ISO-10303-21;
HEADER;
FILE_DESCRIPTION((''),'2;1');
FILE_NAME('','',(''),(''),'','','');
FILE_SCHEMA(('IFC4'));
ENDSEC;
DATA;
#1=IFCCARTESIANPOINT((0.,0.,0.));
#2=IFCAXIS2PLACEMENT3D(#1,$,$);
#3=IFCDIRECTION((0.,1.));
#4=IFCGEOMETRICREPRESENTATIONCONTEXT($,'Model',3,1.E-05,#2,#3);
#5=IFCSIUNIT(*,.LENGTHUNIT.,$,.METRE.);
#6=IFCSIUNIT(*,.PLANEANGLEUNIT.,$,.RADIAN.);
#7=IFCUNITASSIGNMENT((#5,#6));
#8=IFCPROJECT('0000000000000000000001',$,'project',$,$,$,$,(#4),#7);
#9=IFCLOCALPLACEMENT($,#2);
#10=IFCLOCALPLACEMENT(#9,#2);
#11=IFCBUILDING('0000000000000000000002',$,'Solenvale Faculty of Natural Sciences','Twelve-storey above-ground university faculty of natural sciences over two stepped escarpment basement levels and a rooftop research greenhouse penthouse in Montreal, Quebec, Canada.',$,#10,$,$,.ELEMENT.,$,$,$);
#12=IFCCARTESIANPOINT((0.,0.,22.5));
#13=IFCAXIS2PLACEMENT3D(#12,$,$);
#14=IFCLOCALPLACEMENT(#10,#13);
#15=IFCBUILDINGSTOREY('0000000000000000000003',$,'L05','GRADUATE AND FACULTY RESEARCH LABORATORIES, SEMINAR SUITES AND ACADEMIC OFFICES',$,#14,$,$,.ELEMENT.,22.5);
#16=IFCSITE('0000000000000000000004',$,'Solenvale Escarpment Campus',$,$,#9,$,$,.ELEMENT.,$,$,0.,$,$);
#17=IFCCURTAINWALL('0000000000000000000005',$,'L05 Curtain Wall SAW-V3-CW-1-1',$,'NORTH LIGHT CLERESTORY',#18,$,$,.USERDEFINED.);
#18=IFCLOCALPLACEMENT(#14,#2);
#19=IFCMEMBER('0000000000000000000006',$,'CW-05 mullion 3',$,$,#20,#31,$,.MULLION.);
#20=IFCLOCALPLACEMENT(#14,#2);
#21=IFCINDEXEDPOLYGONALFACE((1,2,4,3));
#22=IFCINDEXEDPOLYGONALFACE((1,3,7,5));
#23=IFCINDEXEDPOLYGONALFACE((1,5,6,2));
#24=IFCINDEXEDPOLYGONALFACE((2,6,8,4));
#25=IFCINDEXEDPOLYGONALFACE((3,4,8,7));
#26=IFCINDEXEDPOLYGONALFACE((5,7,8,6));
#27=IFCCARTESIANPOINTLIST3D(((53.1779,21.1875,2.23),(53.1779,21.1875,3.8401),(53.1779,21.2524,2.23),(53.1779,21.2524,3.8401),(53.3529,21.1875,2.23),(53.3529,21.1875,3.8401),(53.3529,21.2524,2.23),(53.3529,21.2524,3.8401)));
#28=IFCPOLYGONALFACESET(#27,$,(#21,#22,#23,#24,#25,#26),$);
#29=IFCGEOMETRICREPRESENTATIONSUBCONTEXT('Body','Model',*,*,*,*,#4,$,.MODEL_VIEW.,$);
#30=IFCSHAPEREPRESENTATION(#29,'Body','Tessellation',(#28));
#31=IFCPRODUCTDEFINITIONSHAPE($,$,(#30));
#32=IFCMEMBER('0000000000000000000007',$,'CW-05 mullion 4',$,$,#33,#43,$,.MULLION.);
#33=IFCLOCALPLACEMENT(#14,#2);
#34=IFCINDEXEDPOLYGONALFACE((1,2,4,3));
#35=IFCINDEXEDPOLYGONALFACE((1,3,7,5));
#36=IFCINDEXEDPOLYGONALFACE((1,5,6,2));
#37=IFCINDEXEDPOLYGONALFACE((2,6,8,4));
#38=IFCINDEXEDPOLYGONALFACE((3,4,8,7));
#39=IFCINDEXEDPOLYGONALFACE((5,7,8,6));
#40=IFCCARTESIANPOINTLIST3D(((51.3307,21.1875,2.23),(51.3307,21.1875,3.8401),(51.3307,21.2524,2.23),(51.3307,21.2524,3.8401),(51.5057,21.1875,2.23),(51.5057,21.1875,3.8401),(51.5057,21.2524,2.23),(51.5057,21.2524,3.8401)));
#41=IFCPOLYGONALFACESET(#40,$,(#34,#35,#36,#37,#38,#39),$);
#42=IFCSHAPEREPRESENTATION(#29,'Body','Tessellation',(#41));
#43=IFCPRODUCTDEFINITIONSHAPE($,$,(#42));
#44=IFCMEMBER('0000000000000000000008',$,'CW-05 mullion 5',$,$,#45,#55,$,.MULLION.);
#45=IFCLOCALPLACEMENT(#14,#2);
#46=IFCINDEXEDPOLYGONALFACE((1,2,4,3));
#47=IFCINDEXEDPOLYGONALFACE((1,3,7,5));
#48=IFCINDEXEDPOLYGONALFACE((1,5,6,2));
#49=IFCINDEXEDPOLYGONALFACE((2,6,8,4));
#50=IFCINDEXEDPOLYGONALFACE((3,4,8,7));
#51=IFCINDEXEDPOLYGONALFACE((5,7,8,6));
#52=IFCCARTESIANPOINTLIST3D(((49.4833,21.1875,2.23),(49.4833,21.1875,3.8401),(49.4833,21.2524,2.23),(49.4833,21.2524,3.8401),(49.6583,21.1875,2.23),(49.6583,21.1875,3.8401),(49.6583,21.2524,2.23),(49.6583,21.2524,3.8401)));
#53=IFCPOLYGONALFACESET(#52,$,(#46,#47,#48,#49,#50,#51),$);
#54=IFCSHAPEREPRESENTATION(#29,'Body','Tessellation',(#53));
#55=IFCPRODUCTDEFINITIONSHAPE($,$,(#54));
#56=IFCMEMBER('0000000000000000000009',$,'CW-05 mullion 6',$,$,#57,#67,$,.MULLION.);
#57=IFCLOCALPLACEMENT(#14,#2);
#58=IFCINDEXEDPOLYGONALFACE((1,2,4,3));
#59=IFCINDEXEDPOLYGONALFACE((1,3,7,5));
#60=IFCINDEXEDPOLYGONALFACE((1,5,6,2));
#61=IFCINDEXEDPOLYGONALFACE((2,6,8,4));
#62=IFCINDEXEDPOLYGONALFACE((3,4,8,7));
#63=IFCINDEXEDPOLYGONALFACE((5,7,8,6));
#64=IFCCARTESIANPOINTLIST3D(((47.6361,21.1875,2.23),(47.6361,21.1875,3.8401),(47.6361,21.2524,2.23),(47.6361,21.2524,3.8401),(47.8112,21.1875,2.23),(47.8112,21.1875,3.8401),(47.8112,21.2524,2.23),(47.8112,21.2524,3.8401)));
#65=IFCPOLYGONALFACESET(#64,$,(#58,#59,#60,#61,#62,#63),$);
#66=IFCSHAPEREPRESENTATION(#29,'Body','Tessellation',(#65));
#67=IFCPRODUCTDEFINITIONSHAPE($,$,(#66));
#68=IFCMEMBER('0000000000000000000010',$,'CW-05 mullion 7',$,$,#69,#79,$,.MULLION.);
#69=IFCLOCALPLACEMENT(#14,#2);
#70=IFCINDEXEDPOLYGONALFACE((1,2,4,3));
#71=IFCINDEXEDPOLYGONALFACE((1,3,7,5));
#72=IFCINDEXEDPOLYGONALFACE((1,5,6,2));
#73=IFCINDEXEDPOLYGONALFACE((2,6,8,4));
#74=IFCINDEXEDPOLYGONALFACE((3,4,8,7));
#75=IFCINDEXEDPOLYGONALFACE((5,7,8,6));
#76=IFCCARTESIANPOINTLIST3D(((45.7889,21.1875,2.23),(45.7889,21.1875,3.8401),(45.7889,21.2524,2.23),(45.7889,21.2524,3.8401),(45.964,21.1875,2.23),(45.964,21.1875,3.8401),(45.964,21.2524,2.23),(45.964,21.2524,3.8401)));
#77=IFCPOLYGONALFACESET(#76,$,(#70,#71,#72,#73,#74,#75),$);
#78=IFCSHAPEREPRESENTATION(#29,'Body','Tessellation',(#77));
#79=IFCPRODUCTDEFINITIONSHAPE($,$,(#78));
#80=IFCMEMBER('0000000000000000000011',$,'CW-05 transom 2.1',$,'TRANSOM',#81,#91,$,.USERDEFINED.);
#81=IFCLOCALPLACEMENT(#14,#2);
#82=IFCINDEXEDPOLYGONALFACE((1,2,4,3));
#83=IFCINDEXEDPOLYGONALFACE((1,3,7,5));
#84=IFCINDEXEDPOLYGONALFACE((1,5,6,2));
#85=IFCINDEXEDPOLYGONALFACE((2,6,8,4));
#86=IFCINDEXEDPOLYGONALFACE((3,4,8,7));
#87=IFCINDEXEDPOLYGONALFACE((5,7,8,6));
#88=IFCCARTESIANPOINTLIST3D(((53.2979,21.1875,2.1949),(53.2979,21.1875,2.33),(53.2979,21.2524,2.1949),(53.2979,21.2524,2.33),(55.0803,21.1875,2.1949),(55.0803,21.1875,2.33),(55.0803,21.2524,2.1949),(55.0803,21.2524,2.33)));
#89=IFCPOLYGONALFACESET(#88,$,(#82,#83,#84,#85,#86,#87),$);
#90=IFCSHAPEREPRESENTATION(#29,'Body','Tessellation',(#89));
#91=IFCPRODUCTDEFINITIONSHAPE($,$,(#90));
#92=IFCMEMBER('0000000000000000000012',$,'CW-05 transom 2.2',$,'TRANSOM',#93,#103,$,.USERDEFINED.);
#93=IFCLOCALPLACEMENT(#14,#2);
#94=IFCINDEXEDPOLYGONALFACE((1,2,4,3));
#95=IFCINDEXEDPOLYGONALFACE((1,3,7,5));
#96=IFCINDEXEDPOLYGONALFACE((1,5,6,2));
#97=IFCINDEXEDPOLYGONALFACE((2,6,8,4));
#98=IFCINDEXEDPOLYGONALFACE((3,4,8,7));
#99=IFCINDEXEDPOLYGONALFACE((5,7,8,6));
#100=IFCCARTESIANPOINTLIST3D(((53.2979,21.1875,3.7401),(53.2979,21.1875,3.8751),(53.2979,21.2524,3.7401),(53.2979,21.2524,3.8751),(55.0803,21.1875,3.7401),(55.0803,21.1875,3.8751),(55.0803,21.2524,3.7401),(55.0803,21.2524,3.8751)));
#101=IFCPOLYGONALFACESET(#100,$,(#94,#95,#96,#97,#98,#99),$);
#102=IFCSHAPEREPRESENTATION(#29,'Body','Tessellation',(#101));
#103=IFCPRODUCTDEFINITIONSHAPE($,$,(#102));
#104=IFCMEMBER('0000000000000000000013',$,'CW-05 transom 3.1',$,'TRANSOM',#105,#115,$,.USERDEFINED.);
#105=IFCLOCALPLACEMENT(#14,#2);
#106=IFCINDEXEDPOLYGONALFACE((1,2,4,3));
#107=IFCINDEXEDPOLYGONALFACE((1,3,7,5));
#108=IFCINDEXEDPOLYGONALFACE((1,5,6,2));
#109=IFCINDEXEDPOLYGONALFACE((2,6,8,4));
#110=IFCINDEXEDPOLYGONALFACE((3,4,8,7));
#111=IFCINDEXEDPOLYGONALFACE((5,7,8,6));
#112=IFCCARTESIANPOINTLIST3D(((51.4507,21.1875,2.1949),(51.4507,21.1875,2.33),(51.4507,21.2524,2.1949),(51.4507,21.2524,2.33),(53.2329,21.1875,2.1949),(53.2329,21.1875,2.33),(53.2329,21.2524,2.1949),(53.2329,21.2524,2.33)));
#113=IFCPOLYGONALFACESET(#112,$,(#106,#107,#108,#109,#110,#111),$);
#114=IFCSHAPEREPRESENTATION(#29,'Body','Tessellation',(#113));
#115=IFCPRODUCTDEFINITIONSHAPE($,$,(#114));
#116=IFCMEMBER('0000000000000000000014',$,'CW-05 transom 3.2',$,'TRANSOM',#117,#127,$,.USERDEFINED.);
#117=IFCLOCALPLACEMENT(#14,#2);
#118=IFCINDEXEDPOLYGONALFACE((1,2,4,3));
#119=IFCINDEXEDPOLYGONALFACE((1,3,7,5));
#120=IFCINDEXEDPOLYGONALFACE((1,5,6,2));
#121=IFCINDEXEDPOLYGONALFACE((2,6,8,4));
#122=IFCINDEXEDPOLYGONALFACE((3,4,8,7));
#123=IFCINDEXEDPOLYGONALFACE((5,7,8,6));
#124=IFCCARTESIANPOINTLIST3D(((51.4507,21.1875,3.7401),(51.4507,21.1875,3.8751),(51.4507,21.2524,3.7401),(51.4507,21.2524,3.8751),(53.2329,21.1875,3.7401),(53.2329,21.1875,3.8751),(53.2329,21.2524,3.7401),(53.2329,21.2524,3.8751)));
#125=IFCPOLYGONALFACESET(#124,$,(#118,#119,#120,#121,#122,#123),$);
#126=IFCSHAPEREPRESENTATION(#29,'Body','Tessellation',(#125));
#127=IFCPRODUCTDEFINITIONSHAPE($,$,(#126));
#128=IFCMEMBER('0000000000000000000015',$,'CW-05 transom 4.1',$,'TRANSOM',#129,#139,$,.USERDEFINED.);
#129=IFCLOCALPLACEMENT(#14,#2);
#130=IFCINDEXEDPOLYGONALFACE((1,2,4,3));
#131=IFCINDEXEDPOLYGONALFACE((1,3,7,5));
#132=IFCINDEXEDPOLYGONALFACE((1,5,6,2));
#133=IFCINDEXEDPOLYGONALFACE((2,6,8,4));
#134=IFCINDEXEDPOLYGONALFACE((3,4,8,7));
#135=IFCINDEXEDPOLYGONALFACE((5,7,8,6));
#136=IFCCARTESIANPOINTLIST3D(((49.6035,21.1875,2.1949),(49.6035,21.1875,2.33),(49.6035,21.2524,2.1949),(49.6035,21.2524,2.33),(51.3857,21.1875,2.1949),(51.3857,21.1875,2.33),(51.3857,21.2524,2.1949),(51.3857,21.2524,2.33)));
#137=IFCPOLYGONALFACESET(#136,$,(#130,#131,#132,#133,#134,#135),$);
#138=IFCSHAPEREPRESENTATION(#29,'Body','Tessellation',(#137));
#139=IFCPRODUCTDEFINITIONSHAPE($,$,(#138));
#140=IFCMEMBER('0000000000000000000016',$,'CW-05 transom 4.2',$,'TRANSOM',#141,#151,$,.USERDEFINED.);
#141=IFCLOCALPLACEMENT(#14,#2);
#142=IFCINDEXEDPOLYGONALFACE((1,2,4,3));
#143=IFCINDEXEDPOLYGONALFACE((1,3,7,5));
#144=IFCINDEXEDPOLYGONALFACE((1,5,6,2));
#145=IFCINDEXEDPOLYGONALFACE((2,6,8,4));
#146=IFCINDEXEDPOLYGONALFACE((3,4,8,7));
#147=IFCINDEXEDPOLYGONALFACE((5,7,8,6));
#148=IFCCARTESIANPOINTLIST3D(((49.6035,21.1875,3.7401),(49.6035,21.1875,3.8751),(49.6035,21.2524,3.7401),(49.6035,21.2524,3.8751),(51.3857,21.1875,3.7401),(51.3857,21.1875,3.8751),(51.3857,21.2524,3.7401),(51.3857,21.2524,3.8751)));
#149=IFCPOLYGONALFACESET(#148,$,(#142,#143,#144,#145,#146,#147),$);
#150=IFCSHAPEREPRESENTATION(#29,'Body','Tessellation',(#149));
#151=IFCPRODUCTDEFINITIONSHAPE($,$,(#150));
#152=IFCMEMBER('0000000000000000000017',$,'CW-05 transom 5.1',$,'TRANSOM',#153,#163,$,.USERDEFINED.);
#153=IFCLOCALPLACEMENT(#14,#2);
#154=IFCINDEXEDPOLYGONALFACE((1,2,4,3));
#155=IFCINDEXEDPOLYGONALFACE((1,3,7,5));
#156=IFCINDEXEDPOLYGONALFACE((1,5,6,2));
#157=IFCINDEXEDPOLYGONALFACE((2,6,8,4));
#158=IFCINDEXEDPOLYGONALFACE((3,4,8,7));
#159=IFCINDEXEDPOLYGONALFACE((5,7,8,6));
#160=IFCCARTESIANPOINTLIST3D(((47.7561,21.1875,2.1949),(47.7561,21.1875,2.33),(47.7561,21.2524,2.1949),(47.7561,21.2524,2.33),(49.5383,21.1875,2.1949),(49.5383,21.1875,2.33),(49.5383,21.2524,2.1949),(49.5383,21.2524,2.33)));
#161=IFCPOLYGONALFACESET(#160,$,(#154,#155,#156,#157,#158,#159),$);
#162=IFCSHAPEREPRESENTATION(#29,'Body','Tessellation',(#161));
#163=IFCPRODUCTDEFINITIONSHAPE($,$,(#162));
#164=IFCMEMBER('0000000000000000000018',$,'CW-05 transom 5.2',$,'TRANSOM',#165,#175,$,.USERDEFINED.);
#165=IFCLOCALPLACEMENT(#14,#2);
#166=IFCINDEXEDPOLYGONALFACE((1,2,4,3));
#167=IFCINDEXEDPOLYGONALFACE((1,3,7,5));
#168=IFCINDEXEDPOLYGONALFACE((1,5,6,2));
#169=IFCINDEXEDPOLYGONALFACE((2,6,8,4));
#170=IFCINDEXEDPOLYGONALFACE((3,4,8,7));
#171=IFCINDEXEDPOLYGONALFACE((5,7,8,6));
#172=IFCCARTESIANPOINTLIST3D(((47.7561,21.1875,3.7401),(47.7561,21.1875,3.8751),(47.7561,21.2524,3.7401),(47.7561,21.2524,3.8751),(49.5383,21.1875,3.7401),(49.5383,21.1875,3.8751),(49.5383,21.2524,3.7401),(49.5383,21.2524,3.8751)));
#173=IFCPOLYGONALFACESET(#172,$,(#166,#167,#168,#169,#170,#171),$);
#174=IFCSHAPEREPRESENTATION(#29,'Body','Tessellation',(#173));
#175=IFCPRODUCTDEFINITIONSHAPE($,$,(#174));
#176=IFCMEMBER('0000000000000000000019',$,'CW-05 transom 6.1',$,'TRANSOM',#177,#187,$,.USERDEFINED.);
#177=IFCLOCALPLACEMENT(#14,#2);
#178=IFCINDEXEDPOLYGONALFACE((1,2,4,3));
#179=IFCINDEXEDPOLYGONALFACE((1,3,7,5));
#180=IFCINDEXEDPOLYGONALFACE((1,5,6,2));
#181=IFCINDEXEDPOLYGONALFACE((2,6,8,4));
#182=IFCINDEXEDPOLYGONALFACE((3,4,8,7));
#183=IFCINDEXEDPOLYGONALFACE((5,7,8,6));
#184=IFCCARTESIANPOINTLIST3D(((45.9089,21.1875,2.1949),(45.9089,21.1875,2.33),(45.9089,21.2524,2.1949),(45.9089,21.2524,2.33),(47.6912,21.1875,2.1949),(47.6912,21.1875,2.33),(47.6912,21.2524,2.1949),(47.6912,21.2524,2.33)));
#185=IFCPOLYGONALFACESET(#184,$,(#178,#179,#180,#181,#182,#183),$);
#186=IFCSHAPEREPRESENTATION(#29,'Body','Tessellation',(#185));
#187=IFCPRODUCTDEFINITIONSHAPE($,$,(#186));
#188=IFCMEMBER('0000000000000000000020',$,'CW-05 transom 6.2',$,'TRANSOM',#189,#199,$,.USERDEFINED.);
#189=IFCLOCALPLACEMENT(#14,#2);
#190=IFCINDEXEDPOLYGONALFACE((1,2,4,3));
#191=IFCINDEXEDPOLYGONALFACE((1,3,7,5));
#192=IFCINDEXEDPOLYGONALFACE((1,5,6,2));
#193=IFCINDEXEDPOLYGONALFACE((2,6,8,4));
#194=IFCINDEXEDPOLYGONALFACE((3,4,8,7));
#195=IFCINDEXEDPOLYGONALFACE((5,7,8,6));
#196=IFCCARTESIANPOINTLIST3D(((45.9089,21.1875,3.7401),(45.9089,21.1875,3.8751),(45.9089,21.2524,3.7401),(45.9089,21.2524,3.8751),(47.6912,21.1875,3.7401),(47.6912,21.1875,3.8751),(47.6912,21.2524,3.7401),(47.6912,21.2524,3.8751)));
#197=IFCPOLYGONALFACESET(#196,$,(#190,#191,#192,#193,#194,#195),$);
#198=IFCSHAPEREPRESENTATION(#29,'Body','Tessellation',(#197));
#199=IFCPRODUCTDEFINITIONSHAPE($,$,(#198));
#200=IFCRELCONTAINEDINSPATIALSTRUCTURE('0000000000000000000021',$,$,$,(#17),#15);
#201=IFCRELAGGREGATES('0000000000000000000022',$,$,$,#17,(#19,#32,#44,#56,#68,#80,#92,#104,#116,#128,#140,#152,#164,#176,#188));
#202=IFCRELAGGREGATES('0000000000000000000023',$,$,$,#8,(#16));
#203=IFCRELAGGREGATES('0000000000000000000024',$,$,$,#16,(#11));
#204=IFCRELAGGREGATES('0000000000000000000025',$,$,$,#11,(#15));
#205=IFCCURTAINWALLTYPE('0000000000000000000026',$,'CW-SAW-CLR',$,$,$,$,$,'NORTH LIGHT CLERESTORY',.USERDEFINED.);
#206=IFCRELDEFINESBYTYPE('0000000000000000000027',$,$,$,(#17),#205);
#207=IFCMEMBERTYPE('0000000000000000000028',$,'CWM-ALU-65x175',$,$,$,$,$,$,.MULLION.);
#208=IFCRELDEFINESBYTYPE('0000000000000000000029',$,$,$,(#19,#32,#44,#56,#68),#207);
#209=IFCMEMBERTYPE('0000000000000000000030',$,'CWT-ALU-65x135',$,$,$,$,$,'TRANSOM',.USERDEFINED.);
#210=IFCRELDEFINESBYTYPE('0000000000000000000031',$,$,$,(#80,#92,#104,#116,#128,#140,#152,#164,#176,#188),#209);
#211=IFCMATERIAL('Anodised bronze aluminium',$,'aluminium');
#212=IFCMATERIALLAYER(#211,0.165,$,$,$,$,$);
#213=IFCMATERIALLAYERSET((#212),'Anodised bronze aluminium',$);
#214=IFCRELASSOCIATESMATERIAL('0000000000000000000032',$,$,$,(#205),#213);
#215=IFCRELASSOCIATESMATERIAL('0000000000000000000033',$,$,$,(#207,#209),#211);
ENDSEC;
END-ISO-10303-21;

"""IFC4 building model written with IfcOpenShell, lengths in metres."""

from ifc_helpers import new_model, si_unit, direction, frame, origin, origin_2d, place, context, subcontext, project, spatial, rectangle, extrude, material, layer, layer_set, material_profile, profile_set, type_object, element, aggregate, save


model = new_model("IFC4")

# Units and contexts
model_context = context("Model", 3, precision=1e-05, world=origin(), true_north=direction((0.0, 1.0)))
body_context = subcontext(model_context, "Body", "Model", "MODEL_VIEW")
ifc_project = project(units=[si_unit("LENGTHUNIT", "METRE"), si_unit("PLANEANGLEUNIT", "RADIAN")], contexts=[model_context])

# Site, building, storey
site_placement = place(None, origin())
site = spatial("IfcSite", under=ifc_project, at=site_placement, Name="Solenvale Escarpment Campus", CompositionType="ELEMENT", RefElevation=0.0)
building_placement = place(site_placement, origin())
building = spatial("IfcBuilding", under=site, at=building_placement, Name="Solenvale Faculty of Natural Sciences", Description="Twelve-storey above-ground university faculty of natural sciences over two stepped escarpment basement levels and a rooftop research greenhouse penthouse in Montreal, Quebec, Canada.", CompositionType="ELEMENT")
storey_placement = place(building_placement, frame((0.0, 0.0, 22.5)))
storey = spatial("IfcBuildingStorey", under=building, at=storey_placement, Name="L05", Description="GRADUATE AND FACULTY RESEARCH LABORATORIES, SEMINAR SUITES AND ACADEMIC OFFICES", CompositionType="ELEMENT", Elevation=22.5)

# Curtain wall, members
ifc_material_1 = material(Name="Anodised bronze aluminium", Category="aluminium")
ifc_layer_1 = layer(ifc_material_1, 0.165)
ifc_layer_set_1 = layer_set([ifc_layer_1], Name="Anodised bronze aluminium")
curtain_wall_type = type_object("IfcCurtainWallType", Name="CW-SAW-CLR", ElementType="NORTH LIGHT CLERESTORY", PredefinedType="USERDEFINED", material=ifc_layer_set_1)
curtain_wall_placement = place(storey_placement, origin())
curtain_wall = element("IfcCurtainWall", 1, at=curtain_wall_placement, inside=storey, type_object=curtain_wall_type, Name="L05 Curtain Wall SAW-V3-CW-1-1", ObjectType="NORTH LIGHT CLERESTORY", PredefinedType="USERDEFINED")
ifc_material_profile_1 = material_profile(ifc_material_1, rectangle(XDim=0.0649, YDim=0.175, at=origin_2d()), Name="ALU-MUL-65x175")
ifc_profile_set_1 = profile_set([ifc_material_profile_1], Name="Anodised bronze aluminium")
member_type_1 = type_object("IfcMemberType", Name="CWM-ALU-65x175", PredefinedType="MULLION", material=ifc_profile_set_1)
member_1_placement = place(storey_placement, frame((53.2654, 21.22, 2.23), z_axis=(0.0, 0.0, 1.0), x_axis=(0.0, -1.0, 0.0)))
member_1 = element("IfcMember", 2, at=member_1_placement, type_object=member_type_1, Name="CW-05 mullion 3", PredefinedType="MULLION", context=body_context, shape_type="SweptSolid", body=[
    extrude(rectangle(XDim=0.0649, YDim=0.175, at=origin_2d()), origin(), (0.0, 0.0, 1.0), 1.6101),
])
member_2_placement = place(storey_placement, frame((51.4182, 21.22, 2.23), z_axis=(0.0, 0.0, 1.0), x_axis=(0.0, -1.0, 0.0)))
member_2 = element("IfcMember", 3, at=member_2_placement, type_object=member_type_1, Name="CW-05 mullion 4", PredefinedType="MULLION", context=body_context, shape_type="SweptSolid", body=[
    extrude(rectangle(XDim=0.0649, YDim=0.175, at=origin_2d()), origin(), (0.0, 0.0, 1.0), 1.6101),
])
member_3_placement = place(storey_placement, frame((49.5708, 21.22, 2.23), z_axis=(0.0, 0.0, 1.0), x_axis=(0.0, -1.0, 0.0)))
member_3 = element("IfcMember", 4, at=member_3_placement, type_object=member_type_1, Name="CW-05 mullion 5", PredefinedType="MULLION", context=body_context, shape_type="SweptSolid", body=[
    extrude(rectangle(XDim=0.0649, YDim=0.175, at=origin_2d()), origin(), (0.0, 0.0, 1.0), 1.6101),
])
member_4_placement = place(storey_placement, frame((47.7236, 21.22, 2.23), z_axis=(0.0, 0.0, 1.0), x_axis=(0.0, -1.0, 0.0)))
member_4 = element("IfcMember", 5, at=member_4_placement, type_object=member_type_1, Name="CW-05 mullion 6", PredefinedType="MULLION", context=body_context, shape_type="SweptSolid", body=[
    extrude(rectangle(XDim=0.0649, YDim=0.175, at=origin_2d()), origin(), (0.0, 0.0, 1.0), 1.6101),
])
member_5_placement = place(storey_placement, frame((45.8765, 21.22, 2.23), z_axis=(0.0, 0.0, 1.0), x_axis=(0.0, -1.0, 0.0)))
member_5 = element("IfcMember", 6, at=member_5_placement, type_object=member_type_1, Name="CW-05 mullion 7", PredefinedType="MULLION", context=body_context, shape_type="SweptSolid", body=[
    extrude(rectangle(XDim=0.0649, YDim=0.175, at=origin_2d()), origin(), (0.0, 0.0, 1.0), 1.6101),
])
ifc_material_profile_2 = material_profile(ifc_material_1, rectangle(XDim=0.0649, YDim=0.135, at=origin_2d()), Name="ALU-TRN-65x135")
ifc_profile_set_2 = profile_set([ifc_material_profile_2], Name="Anodised bronze aluminium")
member_type_2 = type_object("IfcMemberType", Name="CWT-ALU-65x135", ElementType="TRANSOM", PredefinedType="USERDEFINED", material=ifc_profile_set_2)
member_6_placement = place(storey_placement, frame((55.0803, 21.22, 2.2625), z_axis=(-1.0, 0.0, 0.0), x_axis=(0.0, -1.0, 0.0)))
member_6 = element("IfcMember", 7, at=member_6_placement, type_object=member_type_2, Name="CW-05 transom 2.1", ObjectType="TRANSOM", PredefinedType="USERDEFINED", context=body_context, shape_type="SweptSolid", body=[
    extrude(rectangle(XDim=0.0649, YDim=0.135, at=origin_2d()), origin(), (0.0, 0.0, 1.0), 1.7825),
])
member_7_placement = place(storey_placement, frame((55.0803, 21.22, 3.8076), z_axis=(-1.0, 0.0, 0.0), x_axis=(0.0, -1.0, 0.0)))
member_7 = element("IfcMember", 8, at=member_7_placement, type_object=member_type_2, Name="CW-05 transom 2.2", ObjectType="TRANSOM", PredefinedType="USERDEFINED", context=body_context, shape_type="SweptSolid", body=[
    extrude(rectangle(XDim=0.0649, YDim=0.135, at=origin_2d()), origin(), (0.0, 0.0, 1.0), 1.7825),
])
member_8_placement = place(storey_placement, frame((53.2329, 21.22, 2.2625), z_axis=(-1.0, 0.0, 0.0), x_axis=(0.0, -1.0, 0.0)))
member_8 = element("IfcMember", 9, at=member_8_placement, type_object=member_type_2, Name="CW-05 transom 3.1", ObjectType="TRANSOM", PredefinedType="USERDEFINED", context=body_context, shape_type="SweptSolid", body=[
    extrude(rectangle(XDim=0.0649, YDim=0.135, at=origin_2d()), origin(), (0.0, 0.0, 1.0), 1.7822),
])
member_9_placement = place(storey_placement, frame((53.2329, 21.22, 3.8076), z_axis=(-1.0, 0.0, 0.0), x_axis=(0.0, -1.0, 0.0)))
member_9 = element("IfcMember", 10, at=member_9_placement, type_object=member_type_2, Name="CW-05 transom 3.2", ObjectType="TRANSOM", PredefinedType="USERDEFINED", context=body_context, shape_type="SweptSolid", body=[
    extrude(rectangle(XDim=0.0649, YDim=0.135, at=origin_2d()), origin(), (0.0, 0.0, 1.0), 1.7822),
])
member_10_placement = place(storey_placement, frame((51.3857, 21.22, 2.2625), z_axis=(-1.0, 0.0, 0.0), x_axis=(0.0, -1.0, 0.0)))
member_10 = element("IfcMember", 11, at=member_10_placement, type_object=member_type_2, Name="CW-05 transom 4.1", ObjectType="TRANSOM", PredefinedType="USERDEFINED", context=body_context, shape_type="SweptSolid", body=[
    extrude(rectangle(XDim=0.0649, YDim=0.135, at=origin_2d()), origin(), (0.0, 0.0, 1.0), 1.7822),
])
member_11_placement = place(storey_placement, frame((51.3857, 21.22, 3.8076), z_axis=(-1.0, 0.0, 0.0), x_axis=(0.0, -1.0, 0.0)))
member_11 = element("IfcMember", 12, at=member_11_placement, type_object=member_type_2, Name="CW-05 transom 4.2", ObjectType="TRANSOM", PredefinedType="USERDEFINED", context=body_context, shape_type="SweptSolid", body=[
    extrude(rectangle(XDim=0.0649, YDim=0.135, at=origin_2d()), origin(), (0.0, 0.0, 1.0), 1.7822),
])
member_12_placement = place(storey_placement, frame((49.5383, 21.22, 2.2625), z_axis=(-1.0, 0.0, 0.0), x_axis=(0.0, -1.0, 0.0)))
member_12 = element("IfcMember", 13, at=member_12_placement, type_object=member_type_2, Name="CW-05 transom 5.1", ObjectType="TRANSOM", PredefinedType="USERDEFINED", context=body_context, shape_type="SweptSolid", body=[
    extrude(rectangle(XDim=0.0649, YDim=0.135, at=origin_2d()), origin(), (0.0, 0.0, 1.0), 1.7822),
])
member_13_placement = place(storey_placement, frame((49.5383, 21.22, 3.8076), z_axis=(-1.0, 0.0, 0.0), x_axis=(0.0, -1.0, 0.0)))
member_13 = element("IfcMember", 14, at=member_13_placement, type_object=member_type_2, Name="CW-05 transom 5.2", ObjectType="TRANSOM", PredefinedType="USERDEFINED", context=body_context, shape_type="SweptSolid", body=[
    extrude(rectangle(XDim=0.0649, YDim=0.135, at=origin_2d()), origin(), (0.0, 0.0, 1.0), 1.7822),
])
member_14_placement = place(storey_placement, frame((47.6912, 21.22, 2.2625), z_axis=(-1.0, 0.0, 0.0), x_axis=(0.0, -1.0, 0.0)))
member_14 = element("IfcMember", 15, at=member_14_placement, type_object=member_type_2, Name="CW-05 transom 6.1", ObjectType="TRANSOM", PredefinedType="USERDEFINED", context=body_context, shape_type="SweptSolid", body=[
    extrude(rectangle(XDim=0.0649, YDim=0.135, at=origin_2d()), origin(), (0.0, 0.0, 1.0), 1.7822),
])
member_15_placement = place(storey_placement, frame((47.6912, 21.22, 3.8076), z_axis=(-1.0, 0.0, 0.0), x_axis=(0.0, -1.0, 0.0)))
member_15 = element("IfcMember", 16, at=member_15_placement, type_object=member_type_2, Name="CW-05 transom 6.2", ObjectType="TRANSOM", PredefinedType="USERDEFINED", context=body_context, shape_type="SweptSolid", body=[
    extrude(rectangle(XDim=0.0649, YDim=0.135, at=origin_2d()), origin(), (0.0, 0.0, 1.0), 1.7822),
])

aggregate(curtain_wall, [member_1, member_2, member_3, member_4, member_5, member_6, member_7, member_8, member_9, member_10, member_11, member_12, member_13, member_14, member_15])

save(model, "model.ifc")
